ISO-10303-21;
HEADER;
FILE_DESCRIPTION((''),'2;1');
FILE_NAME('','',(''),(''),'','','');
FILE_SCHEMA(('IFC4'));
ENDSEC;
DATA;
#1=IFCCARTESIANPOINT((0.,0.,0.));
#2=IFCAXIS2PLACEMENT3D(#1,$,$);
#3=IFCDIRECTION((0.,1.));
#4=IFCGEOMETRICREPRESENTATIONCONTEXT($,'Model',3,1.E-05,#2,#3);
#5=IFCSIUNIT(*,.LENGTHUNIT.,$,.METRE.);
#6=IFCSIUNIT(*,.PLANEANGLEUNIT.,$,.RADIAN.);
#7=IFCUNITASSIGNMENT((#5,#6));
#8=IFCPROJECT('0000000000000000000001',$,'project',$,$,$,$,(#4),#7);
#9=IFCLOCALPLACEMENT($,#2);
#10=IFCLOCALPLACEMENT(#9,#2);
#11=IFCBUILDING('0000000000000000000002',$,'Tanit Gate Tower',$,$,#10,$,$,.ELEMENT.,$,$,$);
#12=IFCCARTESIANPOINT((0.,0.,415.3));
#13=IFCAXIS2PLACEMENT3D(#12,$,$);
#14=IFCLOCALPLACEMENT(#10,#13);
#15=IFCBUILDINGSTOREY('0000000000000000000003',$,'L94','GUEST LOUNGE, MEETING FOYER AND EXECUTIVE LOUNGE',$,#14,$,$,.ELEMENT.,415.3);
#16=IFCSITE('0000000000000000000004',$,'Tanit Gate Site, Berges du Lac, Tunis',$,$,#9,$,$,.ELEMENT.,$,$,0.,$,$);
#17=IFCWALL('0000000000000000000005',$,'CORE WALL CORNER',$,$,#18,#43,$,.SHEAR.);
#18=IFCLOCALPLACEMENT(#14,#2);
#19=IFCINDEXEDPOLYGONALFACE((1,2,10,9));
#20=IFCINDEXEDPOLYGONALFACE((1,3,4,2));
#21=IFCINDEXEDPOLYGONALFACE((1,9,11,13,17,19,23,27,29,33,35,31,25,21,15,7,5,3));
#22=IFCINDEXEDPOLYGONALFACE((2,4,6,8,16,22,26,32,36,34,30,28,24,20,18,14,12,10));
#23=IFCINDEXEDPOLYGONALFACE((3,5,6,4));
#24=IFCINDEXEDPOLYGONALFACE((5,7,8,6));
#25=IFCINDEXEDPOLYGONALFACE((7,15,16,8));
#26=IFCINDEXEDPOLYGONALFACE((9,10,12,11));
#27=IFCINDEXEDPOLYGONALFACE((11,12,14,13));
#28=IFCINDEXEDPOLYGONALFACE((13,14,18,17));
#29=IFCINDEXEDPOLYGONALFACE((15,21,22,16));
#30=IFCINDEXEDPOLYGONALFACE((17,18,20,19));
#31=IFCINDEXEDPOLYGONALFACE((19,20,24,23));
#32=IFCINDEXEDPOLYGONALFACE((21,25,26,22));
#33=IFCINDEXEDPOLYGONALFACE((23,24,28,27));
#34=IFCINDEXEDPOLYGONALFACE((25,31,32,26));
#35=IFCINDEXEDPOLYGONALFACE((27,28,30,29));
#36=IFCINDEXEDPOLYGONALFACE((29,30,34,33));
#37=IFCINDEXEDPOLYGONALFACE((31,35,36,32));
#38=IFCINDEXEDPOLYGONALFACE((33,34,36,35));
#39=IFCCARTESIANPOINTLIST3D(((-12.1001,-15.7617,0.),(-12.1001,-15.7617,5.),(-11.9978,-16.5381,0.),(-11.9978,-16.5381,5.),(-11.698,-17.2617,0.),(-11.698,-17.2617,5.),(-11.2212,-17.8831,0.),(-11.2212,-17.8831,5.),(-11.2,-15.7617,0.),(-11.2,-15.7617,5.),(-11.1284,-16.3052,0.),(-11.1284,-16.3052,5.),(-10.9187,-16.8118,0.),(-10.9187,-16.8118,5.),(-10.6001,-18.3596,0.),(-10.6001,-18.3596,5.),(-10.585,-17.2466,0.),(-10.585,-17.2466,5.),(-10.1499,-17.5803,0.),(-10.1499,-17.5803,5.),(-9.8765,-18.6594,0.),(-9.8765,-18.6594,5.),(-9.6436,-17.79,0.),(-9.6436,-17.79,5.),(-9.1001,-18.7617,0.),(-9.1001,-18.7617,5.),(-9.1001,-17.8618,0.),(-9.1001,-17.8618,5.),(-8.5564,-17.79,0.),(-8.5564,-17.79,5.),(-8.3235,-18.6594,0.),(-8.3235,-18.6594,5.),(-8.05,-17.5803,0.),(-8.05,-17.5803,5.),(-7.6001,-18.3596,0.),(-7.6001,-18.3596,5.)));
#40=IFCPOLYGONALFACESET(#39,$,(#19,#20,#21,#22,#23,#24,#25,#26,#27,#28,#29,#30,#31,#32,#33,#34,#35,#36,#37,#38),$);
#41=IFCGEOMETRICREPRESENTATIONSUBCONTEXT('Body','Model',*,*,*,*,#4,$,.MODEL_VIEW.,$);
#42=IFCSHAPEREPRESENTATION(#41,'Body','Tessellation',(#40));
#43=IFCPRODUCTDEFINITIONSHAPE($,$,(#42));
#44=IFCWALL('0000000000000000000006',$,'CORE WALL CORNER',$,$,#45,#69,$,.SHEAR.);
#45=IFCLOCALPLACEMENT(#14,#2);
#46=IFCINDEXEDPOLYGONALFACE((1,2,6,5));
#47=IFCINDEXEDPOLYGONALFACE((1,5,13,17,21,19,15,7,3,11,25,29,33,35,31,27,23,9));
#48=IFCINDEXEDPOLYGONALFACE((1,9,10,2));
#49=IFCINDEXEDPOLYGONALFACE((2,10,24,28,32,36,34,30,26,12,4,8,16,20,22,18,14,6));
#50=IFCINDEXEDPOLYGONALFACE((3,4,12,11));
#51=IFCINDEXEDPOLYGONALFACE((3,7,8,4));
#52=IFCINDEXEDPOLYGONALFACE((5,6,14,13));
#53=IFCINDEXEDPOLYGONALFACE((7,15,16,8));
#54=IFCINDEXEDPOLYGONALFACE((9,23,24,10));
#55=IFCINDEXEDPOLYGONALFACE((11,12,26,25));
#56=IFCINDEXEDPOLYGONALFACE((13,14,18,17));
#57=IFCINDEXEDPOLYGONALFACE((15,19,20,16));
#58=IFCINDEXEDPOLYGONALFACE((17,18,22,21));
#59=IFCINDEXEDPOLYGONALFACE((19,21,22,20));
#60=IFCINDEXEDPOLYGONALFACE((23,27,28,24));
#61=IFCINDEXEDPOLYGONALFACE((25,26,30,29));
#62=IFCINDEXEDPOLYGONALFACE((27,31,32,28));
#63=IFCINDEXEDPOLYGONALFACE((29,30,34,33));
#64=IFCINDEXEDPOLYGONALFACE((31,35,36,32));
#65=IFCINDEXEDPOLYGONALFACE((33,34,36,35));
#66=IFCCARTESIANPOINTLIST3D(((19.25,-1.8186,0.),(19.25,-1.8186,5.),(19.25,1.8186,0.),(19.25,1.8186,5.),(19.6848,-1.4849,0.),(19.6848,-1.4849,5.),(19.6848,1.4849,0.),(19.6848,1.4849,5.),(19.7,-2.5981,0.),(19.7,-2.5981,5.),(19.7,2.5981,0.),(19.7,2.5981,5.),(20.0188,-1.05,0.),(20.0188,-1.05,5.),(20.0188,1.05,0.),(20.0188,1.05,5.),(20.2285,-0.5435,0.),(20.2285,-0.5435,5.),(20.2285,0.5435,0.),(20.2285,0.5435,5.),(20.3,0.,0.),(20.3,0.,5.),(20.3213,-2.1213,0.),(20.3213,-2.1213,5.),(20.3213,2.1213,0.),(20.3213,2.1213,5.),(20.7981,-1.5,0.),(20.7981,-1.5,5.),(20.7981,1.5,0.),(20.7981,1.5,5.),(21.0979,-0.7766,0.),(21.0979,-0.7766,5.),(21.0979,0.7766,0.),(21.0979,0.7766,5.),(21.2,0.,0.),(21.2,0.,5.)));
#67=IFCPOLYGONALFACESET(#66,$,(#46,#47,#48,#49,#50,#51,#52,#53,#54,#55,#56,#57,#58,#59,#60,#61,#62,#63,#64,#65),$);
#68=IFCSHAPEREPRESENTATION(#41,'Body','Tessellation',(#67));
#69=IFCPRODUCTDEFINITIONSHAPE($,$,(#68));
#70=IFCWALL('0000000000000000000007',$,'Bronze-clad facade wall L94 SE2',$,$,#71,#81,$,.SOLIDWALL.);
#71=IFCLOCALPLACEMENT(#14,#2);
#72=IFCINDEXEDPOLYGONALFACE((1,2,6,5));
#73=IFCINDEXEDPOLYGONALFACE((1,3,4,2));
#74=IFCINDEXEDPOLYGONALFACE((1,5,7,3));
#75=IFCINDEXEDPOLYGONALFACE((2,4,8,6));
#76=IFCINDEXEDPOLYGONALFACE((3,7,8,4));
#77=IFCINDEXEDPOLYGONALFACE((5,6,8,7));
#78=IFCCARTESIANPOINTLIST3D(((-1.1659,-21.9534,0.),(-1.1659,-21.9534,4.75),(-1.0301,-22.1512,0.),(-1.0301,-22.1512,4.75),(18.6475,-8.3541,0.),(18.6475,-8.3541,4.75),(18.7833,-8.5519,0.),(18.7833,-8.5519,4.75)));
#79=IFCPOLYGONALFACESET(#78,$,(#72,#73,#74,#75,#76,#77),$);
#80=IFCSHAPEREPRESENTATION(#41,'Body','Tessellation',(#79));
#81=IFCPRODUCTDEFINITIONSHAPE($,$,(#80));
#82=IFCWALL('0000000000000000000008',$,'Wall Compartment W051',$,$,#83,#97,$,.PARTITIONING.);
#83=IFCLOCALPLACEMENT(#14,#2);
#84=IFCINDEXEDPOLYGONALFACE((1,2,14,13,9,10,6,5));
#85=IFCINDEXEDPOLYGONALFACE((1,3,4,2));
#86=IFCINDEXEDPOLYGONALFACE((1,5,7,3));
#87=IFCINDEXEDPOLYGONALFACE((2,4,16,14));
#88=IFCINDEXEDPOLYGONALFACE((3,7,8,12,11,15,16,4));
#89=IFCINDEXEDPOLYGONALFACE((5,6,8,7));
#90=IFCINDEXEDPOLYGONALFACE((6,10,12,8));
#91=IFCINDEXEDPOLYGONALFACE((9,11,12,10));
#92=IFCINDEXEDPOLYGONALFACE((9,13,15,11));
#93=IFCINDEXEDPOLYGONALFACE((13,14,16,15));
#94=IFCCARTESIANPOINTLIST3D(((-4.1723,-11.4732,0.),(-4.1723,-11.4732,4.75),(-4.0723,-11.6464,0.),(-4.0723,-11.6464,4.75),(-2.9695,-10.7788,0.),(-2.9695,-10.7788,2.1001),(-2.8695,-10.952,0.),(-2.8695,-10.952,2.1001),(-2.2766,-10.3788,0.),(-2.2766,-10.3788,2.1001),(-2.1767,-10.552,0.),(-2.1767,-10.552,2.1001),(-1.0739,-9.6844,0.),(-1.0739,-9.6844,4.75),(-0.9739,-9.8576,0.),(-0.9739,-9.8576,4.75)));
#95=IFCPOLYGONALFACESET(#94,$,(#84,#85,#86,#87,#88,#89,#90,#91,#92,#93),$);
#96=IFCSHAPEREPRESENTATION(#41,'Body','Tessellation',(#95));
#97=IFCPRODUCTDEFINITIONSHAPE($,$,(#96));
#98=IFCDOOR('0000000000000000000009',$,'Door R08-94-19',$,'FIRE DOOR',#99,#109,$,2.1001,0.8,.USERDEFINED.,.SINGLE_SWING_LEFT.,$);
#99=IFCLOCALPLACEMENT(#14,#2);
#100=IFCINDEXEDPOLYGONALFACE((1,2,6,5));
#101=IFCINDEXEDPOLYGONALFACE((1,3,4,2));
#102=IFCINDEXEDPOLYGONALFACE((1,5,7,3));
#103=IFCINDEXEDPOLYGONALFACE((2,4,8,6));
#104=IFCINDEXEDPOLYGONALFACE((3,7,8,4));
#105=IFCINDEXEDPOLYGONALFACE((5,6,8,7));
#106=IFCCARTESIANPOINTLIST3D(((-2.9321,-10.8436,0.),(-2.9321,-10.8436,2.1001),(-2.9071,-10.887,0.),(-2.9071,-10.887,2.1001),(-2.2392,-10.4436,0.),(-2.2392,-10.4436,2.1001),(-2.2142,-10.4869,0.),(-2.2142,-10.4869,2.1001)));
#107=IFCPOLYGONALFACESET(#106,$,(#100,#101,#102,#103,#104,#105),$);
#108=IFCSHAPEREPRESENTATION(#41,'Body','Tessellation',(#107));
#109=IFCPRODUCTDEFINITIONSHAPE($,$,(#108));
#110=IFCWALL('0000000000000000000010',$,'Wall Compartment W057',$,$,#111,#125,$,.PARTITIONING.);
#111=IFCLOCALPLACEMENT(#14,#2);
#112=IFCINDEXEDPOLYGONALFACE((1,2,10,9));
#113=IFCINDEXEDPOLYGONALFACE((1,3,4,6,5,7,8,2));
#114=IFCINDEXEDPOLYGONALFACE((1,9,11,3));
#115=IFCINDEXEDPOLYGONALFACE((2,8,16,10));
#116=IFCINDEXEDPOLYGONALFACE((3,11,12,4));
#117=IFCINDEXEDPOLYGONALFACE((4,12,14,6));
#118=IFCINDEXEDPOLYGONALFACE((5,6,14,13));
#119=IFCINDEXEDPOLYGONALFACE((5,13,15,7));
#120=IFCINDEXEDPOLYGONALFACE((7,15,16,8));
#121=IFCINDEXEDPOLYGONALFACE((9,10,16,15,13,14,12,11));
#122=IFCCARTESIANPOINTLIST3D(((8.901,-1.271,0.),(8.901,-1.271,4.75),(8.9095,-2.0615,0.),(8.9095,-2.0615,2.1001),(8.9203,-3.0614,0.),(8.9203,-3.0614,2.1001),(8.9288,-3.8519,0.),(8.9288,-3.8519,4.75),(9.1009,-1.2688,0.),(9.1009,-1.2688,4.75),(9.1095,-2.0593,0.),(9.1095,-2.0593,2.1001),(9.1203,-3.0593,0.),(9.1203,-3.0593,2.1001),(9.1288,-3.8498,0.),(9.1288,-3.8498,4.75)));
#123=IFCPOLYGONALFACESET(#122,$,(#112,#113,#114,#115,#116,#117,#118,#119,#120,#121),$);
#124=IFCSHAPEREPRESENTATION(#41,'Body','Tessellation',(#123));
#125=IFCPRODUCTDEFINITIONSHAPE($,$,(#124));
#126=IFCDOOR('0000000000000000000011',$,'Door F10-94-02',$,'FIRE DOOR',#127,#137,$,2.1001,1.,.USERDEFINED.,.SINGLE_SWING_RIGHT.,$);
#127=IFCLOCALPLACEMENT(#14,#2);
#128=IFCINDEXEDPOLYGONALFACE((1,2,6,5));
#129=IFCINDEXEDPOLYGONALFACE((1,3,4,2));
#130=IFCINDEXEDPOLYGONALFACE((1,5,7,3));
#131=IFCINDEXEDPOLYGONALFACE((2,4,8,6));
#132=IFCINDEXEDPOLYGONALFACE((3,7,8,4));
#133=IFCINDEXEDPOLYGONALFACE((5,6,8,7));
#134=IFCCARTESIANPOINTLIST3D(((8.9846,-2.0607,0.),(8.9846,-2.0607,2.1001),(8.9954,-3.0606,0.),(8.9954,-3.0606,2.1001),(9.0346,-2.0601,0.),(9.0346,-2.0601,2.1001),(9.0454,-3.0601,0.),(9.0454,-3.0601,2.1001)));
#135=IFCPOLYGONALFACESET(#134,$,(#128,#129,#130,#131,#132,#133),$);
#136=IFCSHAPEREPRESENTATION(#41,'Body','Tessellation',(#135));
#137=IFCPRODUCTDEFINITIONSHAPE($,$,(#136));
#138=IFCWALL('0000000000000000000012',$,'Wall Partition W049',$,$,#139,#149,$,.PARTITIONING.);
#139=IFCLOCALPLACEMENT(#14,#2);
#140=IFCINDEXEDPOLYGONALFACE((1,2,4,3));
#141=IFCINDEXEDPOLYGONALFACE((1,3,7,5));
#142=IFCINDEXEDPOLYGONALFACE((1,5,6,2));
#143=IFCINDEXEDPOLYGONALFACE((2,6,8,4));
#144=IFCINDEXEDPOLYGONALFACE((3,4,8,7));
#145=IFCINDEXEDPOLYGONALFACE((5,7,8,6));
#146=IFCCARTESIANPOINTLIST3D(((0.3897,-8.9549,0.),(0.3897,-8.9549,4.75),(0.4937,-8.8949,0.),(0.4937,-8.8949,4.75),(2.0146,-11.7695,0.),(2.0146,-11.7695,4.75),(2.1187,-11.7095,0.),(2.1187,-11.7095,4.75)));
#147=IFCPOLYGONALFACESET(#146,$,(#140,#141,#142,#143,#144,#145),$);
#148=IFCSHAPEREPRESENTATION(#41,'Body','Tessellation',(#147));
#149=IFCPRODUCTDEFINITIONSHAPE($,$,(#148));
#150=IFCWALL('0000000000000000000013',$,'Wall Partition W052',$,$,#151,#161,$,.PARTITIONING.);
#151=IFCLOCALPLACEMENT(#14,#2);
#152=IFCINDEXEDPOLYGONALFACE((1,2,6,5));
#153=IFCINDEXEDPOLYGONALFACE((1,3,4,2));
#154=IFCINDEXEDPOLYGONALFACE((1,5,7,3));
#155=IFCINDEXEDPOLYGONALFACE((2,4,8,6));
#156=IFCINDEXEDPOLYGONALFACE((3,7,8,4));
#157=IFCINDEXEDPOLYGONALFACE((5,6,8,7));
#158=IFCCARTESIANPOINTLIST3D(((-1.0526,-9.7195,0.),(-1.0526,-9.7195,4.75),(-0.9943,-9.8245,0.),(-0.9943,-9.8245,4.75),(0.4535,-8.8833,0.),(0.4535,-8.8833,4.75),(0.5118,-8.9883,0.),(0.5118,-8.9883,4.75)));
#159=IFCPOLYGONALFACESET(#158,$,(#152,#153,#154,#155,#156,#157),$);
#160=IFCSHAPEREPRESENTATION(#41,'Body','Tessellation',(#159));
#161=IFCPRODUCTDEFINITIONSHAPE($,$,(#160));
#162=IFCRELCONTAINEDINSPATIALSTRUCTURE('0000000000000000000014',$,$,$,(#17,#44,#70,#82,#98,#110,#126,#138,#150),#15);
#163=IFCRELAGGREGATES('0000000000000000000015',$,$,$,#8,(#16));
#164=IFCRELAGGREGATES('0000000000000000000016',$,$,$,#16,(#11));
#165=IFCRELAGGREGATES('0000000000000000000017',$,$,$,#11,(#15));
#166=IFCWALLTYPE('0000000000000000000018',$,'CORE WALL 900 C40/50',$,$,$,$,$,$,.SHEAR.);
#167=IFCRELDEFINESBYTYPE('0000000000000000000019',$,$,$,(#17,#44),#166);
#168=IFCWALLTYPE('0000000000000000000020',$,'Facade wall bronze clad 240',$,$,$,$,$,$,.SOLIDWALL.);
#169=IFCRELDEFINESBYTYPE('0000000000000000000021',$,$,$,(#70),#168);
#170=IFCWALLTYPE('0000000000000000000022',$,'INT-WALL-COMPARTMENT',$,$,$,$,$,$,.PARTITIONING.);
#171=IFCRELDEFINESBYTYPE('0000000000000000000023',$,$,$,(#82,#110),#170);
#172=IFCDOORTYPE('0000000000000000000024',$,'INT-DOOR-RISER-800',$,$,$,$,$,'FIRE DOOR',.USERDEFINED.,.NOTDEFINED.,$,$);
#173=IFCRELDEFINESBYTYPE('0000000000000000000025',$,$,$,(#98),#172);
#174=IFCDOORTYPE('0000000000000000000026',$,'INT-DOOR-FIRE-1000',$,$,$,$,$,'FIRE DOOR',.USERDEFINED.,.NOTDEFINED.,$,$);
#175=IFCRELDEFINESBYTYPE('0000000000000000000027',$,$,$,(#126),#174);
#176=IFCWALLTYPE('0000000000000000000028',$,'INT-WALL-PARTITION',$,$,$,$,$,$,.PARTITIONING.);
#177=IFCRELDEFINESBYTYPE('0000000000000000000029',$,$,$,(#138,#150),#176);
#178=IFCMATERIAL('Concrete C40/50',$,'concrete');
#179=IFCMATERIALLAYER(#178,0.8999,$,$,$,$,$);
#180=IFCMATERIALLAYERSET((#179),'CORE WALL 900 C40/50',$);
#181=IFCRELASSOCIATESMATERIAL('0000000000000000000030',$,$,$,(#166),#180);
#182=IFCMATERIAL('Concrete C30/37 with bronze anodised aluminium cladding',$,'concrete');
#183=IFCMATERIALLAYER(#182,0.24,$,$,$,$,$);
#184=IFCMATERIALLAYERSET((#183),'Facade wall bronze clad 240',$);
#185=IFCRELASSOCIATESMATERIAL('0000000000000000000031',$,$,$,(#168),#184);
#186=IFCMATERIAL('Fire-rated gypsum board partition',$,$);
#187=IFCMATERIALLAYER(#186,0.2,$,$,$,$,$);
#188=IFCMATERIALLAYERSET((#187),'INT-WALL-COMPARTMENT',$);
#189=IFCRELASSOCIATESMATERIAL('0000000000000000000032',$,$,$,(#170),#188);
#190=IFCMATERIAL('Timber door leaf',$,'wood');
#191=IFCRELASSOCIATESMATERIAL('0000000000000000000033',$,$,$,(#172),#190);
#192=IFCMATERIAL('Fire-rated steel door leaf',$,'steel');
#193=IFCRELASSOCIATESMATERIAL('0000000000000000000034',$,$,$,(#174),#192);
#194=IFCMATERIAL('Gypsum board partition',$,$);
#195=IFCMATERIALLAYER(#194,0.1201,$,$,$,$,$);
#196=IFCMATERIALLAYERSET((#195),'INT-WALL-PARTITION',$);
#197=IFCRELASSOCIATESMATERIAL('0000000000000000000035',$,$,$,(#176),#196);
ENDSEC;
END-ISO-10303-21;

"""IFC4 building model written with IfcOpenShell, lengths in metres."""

from ifc_helpers import new_model, si_unit, direction, frame, frame_2d, origin, place, context, subcontext, project, spatial, polyline, rectangle, outline, extrude, material, layer, layer_set, type_object, element, fill, save


model = new_model("IFC4")

# Units and contexts
model_context = context("Model", 3, precision=1e-05, world=origin(), true_north=direction((0.0, 1.0)))
body_context = subcontext(model_context, "Body", "Model", "MODEL_VIEW")
ifc_project = project(units=[si_unit("LENGTHUNIT", "METRE"), si_unit("PLANEANGLEUNIT", "RADIAN")], contexts=[model_context])

# Site, building, storey
site_placement = place(None, origin())
site = spatial("IfcSite", under=ifc_project, at=site_placement, Name="Tanit Gate Site, Berges du Lac, Tunis", CompositionType="ELEMENT", RefElevation=0.0)
building_placement = place(site_placement, origin())
building = spatial("IfcBuilding", under=site, at=building_placement, Name="Tanit Gate Tower", CompositionType="ELEMENT")
storey_placement = place(building_placement, frame((0.0, 0.0, 415.3)))
storey = spatial("IfcBuildingStorey", under=building, at=storey_placement, Name="L94", Description="GUEST LOUNGE, MEETING FOYER AND EXECUTIVE LOUNGE", CompositionType="ELEMENT", Elevation=415.3)

# Walls
ifc_material_1 = material(Name="Concrete C40/50", Category="concrete")
ifc_layer_1 = layer(ifc_material_1, 0.8999)
ifc_layer_set_1 = layer_set([ifc_layer_1], Name="CORE WALL 900 C40/50")
wall_type_1 = type_object("IfcWallType", Name="CORE WALL 900 C40/50", PredefinedType="SHEAR", material=ifc_layer_set_1)
wall_1_placement = place(storey_placement, origin())
element("IfcWall", 1, at=wall_1_placement, inside=storey, type_object=wall_type_1, Name="CORE WALL CORNER", PredefinedType="SHEAR", context=body_context, shape_type="SweptSolid", body=[
    extrude(outline(polyline([(-12.1001, -15.7617), (-11.9978, -16.5381), (-11.698, -17.2617), (-11.2212, -17.8831), (-10.6001, -18.3596), (-9.8765, -18.6594), (-9.1001, -18.7617), (-8.3235, -18.6594), (-7.6001, -18.3596), (-8.05, -17.5803), (-8.5564, -17.79), (-9.1001, -17.8618), (-9.6436, -17.79), (-10.1499, -17.5803), (-10.585, -17.2466), (-10.9187, -16.8118), (-11.1284, -16.3052), (-11.2, -15.7617), (-12.1001, -15.7617)])), origin(), (0.0, 0.0, 1.0), 5.0),
])
wall_2_placement = place(storey_placement, origin())
element("IfcWall", 2, at=wall_2_placement, inside=storey, type_object=wall_type_1, Name="CORE WALL CORNER", PredefinedType="SHEAR", context=body_context, shape_type="SweptSolid", body=[
    extrude(outline(polyline([(19.7, -2.5981), (20.3213, -2.1213), (20.7981, -1.5), (21.0979, -0.7766), (21.2, 0.0), (21.0979, 0.7766), (20.7981, 1.5), (20.3213, 2.1213), (19.7, 2.5981), (19.25, 1.8186), (19.6848, 1.4849), (20.0188, 1.05), (20.2285, 0.5435), (20.3, 0.0), (20.2285, -0.5435), (20.0188, -1.05), (19.6848, -1.4849), (19.25, -1.8186), (19.7, -2.5981)])), origin(), (0.0, 0.0, 1.0), 5.0),
])
ifc_material_2 = material(Name="Concrete C30/37 with bronze anodised aluminium cladding", Category="concrete")
ifc_layer_2 = layer(ifc_material_2, 0.24)
ifc_layer_set_2 = layer_set([ifc_layer_2], Name="Facade wall bronze clad 240")
wall_type_2 = type_object("IfcWallType", Name="Facade wall bronze clad 240", PredefinedType="SOLIDWALL", material=ifc_layer_set_2)
wall_3_placement = place(storey_placement, frame((-1.0979, -22.0522, 0.0), z_axis=(0.0, 0.0, 1.0), x_axis=(0.824477, 0.565896, 0.0)))
element("IfcWall", 3, at=wall_3_placement, inside=storey, type_object=wall_type_2, Name="Bronze-clad facade wall L94 SE2", PredefinedType="SOLIDWALL", context=body_context, shape_type="SweptSolid", body=[
    extrude(rectangle(XDim=24.0315, YDim=0.24, at=frame_2d((12.0156, 0.0))), origin(), (0.0, 0.0, 1.0), 4.75),
])

# Walls, openings, doors
ifc_material_3 = material(Name="Fire-rated gypsum board partition")
ifc_layer_3 = layer(ifc_material_3, 0.2)
ifc_layer_set_3 = layer_set([ifc_layer_3], Name="INT-WALL-COMPARTMENT")
wall_type_3 = type_object("IfcWallType", Name="INT-WALL-COMPARTMENT", PredefinedType="PARTITIONING", material=ifc_layer_set_3)
wall_4_placement = place(storey_placement, frame((-1.0239, -9.771, 0.0), z_axis=(0.0, 0.0, 1.0), x_axis=(-0.86603, -0.499992, 0.0)))
wall_4 = element("IfcWall", 4, at=wall_4_placement, inside=storey, type_object=wall_type_3, Name="Wall Compartment W051", PredefinedType="PARTITIONING", context=body_context, shape_type="SweptSolid", body=[
    extrude(rectangle(XDim=3.5776, YDim=0.2, at=frame_2d((1.7888, 0.0))), origin(), (0.0, 0.0, 1.0), 4.75),
])
opening_1_placement = place(wall_4_placement, frame((1.3889, 0.0, 0.0)))
opening_1 = element("IfcOpeningElement", 5, at=opening_1_placement, cuts=wall_4, PredefinedType="OPENING", context=body_context, shape_type="SweptSolid", body=[
    extrude(rectangle(XDim=0.8, YDim=2.1001, at=frame_2d((0.3999, 1.05))), frame((0.0, 0.1099, 0.0), z_axis=(0.0, -1.0, 0.0), x_axis=(1.0, 0.0, 0.0)), (0.0, 0.0, 1.0), 0.22),
])
ifc_material_4 = material(Name="Timber door leaf", Category="wood")
door_type_1 = type_object("IfcDoorType", Name="INT-DOOR-RISER-800", ElementType="FIRE DOOR", OperationType="NOTDEFINED", PredefinedType="USERDEFINED", material=ifc_material_4)
door_1_placement = place(opening_1_placement, origin())
door_1 = element("IfcDoor", 6, at=door_1_placement, inside=storey, type_object=door_type_1, Name="Door R08-94-19", ObjectType="FIRE DOOR", OperationType="SINGLE_SWING_LEFT", OverallHeight=2.1001, OverallWidth=0.8, PredefinedType="USERDEFINED", context=body_context, shape_type="SweptSolid", body=[
    extrude(rectangle(XDim=0.8, YDim=2.1001, at=frame_2d((0.3999, 1.05))), frame((0.0, 0.0249, 0.0), z_axis=(0.0, -1.0, 0.0), x_axis=(1.0, 0.0, 0.0)), (0.0, 0.0, 1.0), 0.05),
])
fill(opening_1, door_1)
wall_5_placement = place(storey_placement, frame((9.0288, -3.8508, 0.0), z_axis=(0.0, 0.0, 1.0), x_axis=(-0.010784, 0.999942, 0.0)))
wall_5 = element("IfcWall", 7, at=wall_5_placement, inside=storey, type_object=wall_type_3, Name="Wall Compartment W057", PredefinedType="PARTITIONING", context=body_context, shape_type="SweptSolid", body=[
    extrude(rectangle(XDim=2.5811, YDim=0.2, at=frame_2d((1.2905, 0.0))), origin(), (0.0, 0.0, 1.0), 4.75),
])
opening_2_placement = place(wall_5_placement, frame((0.7905, 0.0, 0.0)))
opening_2 = element("IfcOpeningElement", 8, at=opening_2_placement, cuts=wall_5, PredefinedType="OPENING", context=body_context, shape_type="SweptSolid", body=[
    extrude(rectangle(XDim=1.0, YDim=2.1001, at=frame_2d((0.5, 1.05))), frame((0.0, 0.1099, 0.0), z_axis=(0.0, -1.0, 0.0), x_axis=(1.0, 0.0, 0.0)), (0.0, 0.0, 1.0), 0.22),
])
ifc_material_5 = material(Name="Fire-rated steel door leaf", Category="steel")
door_type_2 = type_object("IfcDoorType", Name="INT-DOOR-FIRE-1000", ElementType="FIRE DOOR", OperationType="NOTDEFINED", PredefinedType="USERDEFINED", material=ifc_material_5)
door_2_placement = place(opening_2_placement, origin())
door_2 = element("IfcDoor", 9, at=door_2_placement, inside=storey, type_object=door_type_2, Name="Door F10-94-02", ObjectType="FIRE DOOR", OperationType="SINGLE_SWING_RIGHT", OverallHeight=2.1001, OverallWidth=1.0, PredefinedType="USERDEFINED", context=body_context, shape_type="SweptSolid", body=[
    extrude(rectangle(XDim=1.0, YDim=2.1001, at=frame_2d((0.5, 1.05))), frame((0.0, 0.0249, 0.0), z_axis=(0.0, -1.0, 0.0), x_axis=(1.0, 0.0, 0.0)), (0.0, 0.0, 1.0), 0.05),
])
fill(opening_2, door_2)

# Walls
ifc_material_6 = material(Name="Gypsum board partition")
ifc_layer_4 = layer(ifc_material_6, 0.1201)
ifc_layer_set_4 = layer_set([ifc_layer_4], Name="INT-WALL-PARTITION")
wall_type_4 = type_object("IfcWallType", Name="INT-WALL-PARTITION", PredefinedType="PARTITIONING", material=ifc_layer_set_4)
wall_6_placement = place(storey_placement, frame((2.0667, -11.7395, 0.0), z_axis=(0.0, 0.0, 1.0), x_axis=(-0.499985, 0.866034, 0.0)))
element("IfcWall", 10, at=wall_6_placement, inside=storey, type_object=wall_type_4, Name="Wall Partition W049", PredefinedType="PARTITIONING", context=body_context, shape_type="SweptSolid", body=[
    extrude(rectangle(XDim=3.25, YDim=0.1201, at=frame_2d((1.625, 0.0))), origin(), (0.0, 0.0, 1.0), 4.75),
])
wall_7_placement = place(storey_placement, frame((-1.0234, -9.772, 0.0), z_axis=(0.0, 0.0, 1.0), x_axis=(0.874291, 0.485402, 0.0)))
element("IfcWall", 11, at=wall_7_placement, inside=storey, type_object=wall_type_4, Name="Wall Partition W052", PredefinedType="PARTITIONING", context=body_context, shape_type="SweptSolid", body=[
    extrude(rectangle(XDim=1.7227, YDim=0.1201, at=frame_2d((0.8613, 0.0))), origin(), (0.0, 0.0, 1.0), 4.75),
])

save(model, "model.ifc")
